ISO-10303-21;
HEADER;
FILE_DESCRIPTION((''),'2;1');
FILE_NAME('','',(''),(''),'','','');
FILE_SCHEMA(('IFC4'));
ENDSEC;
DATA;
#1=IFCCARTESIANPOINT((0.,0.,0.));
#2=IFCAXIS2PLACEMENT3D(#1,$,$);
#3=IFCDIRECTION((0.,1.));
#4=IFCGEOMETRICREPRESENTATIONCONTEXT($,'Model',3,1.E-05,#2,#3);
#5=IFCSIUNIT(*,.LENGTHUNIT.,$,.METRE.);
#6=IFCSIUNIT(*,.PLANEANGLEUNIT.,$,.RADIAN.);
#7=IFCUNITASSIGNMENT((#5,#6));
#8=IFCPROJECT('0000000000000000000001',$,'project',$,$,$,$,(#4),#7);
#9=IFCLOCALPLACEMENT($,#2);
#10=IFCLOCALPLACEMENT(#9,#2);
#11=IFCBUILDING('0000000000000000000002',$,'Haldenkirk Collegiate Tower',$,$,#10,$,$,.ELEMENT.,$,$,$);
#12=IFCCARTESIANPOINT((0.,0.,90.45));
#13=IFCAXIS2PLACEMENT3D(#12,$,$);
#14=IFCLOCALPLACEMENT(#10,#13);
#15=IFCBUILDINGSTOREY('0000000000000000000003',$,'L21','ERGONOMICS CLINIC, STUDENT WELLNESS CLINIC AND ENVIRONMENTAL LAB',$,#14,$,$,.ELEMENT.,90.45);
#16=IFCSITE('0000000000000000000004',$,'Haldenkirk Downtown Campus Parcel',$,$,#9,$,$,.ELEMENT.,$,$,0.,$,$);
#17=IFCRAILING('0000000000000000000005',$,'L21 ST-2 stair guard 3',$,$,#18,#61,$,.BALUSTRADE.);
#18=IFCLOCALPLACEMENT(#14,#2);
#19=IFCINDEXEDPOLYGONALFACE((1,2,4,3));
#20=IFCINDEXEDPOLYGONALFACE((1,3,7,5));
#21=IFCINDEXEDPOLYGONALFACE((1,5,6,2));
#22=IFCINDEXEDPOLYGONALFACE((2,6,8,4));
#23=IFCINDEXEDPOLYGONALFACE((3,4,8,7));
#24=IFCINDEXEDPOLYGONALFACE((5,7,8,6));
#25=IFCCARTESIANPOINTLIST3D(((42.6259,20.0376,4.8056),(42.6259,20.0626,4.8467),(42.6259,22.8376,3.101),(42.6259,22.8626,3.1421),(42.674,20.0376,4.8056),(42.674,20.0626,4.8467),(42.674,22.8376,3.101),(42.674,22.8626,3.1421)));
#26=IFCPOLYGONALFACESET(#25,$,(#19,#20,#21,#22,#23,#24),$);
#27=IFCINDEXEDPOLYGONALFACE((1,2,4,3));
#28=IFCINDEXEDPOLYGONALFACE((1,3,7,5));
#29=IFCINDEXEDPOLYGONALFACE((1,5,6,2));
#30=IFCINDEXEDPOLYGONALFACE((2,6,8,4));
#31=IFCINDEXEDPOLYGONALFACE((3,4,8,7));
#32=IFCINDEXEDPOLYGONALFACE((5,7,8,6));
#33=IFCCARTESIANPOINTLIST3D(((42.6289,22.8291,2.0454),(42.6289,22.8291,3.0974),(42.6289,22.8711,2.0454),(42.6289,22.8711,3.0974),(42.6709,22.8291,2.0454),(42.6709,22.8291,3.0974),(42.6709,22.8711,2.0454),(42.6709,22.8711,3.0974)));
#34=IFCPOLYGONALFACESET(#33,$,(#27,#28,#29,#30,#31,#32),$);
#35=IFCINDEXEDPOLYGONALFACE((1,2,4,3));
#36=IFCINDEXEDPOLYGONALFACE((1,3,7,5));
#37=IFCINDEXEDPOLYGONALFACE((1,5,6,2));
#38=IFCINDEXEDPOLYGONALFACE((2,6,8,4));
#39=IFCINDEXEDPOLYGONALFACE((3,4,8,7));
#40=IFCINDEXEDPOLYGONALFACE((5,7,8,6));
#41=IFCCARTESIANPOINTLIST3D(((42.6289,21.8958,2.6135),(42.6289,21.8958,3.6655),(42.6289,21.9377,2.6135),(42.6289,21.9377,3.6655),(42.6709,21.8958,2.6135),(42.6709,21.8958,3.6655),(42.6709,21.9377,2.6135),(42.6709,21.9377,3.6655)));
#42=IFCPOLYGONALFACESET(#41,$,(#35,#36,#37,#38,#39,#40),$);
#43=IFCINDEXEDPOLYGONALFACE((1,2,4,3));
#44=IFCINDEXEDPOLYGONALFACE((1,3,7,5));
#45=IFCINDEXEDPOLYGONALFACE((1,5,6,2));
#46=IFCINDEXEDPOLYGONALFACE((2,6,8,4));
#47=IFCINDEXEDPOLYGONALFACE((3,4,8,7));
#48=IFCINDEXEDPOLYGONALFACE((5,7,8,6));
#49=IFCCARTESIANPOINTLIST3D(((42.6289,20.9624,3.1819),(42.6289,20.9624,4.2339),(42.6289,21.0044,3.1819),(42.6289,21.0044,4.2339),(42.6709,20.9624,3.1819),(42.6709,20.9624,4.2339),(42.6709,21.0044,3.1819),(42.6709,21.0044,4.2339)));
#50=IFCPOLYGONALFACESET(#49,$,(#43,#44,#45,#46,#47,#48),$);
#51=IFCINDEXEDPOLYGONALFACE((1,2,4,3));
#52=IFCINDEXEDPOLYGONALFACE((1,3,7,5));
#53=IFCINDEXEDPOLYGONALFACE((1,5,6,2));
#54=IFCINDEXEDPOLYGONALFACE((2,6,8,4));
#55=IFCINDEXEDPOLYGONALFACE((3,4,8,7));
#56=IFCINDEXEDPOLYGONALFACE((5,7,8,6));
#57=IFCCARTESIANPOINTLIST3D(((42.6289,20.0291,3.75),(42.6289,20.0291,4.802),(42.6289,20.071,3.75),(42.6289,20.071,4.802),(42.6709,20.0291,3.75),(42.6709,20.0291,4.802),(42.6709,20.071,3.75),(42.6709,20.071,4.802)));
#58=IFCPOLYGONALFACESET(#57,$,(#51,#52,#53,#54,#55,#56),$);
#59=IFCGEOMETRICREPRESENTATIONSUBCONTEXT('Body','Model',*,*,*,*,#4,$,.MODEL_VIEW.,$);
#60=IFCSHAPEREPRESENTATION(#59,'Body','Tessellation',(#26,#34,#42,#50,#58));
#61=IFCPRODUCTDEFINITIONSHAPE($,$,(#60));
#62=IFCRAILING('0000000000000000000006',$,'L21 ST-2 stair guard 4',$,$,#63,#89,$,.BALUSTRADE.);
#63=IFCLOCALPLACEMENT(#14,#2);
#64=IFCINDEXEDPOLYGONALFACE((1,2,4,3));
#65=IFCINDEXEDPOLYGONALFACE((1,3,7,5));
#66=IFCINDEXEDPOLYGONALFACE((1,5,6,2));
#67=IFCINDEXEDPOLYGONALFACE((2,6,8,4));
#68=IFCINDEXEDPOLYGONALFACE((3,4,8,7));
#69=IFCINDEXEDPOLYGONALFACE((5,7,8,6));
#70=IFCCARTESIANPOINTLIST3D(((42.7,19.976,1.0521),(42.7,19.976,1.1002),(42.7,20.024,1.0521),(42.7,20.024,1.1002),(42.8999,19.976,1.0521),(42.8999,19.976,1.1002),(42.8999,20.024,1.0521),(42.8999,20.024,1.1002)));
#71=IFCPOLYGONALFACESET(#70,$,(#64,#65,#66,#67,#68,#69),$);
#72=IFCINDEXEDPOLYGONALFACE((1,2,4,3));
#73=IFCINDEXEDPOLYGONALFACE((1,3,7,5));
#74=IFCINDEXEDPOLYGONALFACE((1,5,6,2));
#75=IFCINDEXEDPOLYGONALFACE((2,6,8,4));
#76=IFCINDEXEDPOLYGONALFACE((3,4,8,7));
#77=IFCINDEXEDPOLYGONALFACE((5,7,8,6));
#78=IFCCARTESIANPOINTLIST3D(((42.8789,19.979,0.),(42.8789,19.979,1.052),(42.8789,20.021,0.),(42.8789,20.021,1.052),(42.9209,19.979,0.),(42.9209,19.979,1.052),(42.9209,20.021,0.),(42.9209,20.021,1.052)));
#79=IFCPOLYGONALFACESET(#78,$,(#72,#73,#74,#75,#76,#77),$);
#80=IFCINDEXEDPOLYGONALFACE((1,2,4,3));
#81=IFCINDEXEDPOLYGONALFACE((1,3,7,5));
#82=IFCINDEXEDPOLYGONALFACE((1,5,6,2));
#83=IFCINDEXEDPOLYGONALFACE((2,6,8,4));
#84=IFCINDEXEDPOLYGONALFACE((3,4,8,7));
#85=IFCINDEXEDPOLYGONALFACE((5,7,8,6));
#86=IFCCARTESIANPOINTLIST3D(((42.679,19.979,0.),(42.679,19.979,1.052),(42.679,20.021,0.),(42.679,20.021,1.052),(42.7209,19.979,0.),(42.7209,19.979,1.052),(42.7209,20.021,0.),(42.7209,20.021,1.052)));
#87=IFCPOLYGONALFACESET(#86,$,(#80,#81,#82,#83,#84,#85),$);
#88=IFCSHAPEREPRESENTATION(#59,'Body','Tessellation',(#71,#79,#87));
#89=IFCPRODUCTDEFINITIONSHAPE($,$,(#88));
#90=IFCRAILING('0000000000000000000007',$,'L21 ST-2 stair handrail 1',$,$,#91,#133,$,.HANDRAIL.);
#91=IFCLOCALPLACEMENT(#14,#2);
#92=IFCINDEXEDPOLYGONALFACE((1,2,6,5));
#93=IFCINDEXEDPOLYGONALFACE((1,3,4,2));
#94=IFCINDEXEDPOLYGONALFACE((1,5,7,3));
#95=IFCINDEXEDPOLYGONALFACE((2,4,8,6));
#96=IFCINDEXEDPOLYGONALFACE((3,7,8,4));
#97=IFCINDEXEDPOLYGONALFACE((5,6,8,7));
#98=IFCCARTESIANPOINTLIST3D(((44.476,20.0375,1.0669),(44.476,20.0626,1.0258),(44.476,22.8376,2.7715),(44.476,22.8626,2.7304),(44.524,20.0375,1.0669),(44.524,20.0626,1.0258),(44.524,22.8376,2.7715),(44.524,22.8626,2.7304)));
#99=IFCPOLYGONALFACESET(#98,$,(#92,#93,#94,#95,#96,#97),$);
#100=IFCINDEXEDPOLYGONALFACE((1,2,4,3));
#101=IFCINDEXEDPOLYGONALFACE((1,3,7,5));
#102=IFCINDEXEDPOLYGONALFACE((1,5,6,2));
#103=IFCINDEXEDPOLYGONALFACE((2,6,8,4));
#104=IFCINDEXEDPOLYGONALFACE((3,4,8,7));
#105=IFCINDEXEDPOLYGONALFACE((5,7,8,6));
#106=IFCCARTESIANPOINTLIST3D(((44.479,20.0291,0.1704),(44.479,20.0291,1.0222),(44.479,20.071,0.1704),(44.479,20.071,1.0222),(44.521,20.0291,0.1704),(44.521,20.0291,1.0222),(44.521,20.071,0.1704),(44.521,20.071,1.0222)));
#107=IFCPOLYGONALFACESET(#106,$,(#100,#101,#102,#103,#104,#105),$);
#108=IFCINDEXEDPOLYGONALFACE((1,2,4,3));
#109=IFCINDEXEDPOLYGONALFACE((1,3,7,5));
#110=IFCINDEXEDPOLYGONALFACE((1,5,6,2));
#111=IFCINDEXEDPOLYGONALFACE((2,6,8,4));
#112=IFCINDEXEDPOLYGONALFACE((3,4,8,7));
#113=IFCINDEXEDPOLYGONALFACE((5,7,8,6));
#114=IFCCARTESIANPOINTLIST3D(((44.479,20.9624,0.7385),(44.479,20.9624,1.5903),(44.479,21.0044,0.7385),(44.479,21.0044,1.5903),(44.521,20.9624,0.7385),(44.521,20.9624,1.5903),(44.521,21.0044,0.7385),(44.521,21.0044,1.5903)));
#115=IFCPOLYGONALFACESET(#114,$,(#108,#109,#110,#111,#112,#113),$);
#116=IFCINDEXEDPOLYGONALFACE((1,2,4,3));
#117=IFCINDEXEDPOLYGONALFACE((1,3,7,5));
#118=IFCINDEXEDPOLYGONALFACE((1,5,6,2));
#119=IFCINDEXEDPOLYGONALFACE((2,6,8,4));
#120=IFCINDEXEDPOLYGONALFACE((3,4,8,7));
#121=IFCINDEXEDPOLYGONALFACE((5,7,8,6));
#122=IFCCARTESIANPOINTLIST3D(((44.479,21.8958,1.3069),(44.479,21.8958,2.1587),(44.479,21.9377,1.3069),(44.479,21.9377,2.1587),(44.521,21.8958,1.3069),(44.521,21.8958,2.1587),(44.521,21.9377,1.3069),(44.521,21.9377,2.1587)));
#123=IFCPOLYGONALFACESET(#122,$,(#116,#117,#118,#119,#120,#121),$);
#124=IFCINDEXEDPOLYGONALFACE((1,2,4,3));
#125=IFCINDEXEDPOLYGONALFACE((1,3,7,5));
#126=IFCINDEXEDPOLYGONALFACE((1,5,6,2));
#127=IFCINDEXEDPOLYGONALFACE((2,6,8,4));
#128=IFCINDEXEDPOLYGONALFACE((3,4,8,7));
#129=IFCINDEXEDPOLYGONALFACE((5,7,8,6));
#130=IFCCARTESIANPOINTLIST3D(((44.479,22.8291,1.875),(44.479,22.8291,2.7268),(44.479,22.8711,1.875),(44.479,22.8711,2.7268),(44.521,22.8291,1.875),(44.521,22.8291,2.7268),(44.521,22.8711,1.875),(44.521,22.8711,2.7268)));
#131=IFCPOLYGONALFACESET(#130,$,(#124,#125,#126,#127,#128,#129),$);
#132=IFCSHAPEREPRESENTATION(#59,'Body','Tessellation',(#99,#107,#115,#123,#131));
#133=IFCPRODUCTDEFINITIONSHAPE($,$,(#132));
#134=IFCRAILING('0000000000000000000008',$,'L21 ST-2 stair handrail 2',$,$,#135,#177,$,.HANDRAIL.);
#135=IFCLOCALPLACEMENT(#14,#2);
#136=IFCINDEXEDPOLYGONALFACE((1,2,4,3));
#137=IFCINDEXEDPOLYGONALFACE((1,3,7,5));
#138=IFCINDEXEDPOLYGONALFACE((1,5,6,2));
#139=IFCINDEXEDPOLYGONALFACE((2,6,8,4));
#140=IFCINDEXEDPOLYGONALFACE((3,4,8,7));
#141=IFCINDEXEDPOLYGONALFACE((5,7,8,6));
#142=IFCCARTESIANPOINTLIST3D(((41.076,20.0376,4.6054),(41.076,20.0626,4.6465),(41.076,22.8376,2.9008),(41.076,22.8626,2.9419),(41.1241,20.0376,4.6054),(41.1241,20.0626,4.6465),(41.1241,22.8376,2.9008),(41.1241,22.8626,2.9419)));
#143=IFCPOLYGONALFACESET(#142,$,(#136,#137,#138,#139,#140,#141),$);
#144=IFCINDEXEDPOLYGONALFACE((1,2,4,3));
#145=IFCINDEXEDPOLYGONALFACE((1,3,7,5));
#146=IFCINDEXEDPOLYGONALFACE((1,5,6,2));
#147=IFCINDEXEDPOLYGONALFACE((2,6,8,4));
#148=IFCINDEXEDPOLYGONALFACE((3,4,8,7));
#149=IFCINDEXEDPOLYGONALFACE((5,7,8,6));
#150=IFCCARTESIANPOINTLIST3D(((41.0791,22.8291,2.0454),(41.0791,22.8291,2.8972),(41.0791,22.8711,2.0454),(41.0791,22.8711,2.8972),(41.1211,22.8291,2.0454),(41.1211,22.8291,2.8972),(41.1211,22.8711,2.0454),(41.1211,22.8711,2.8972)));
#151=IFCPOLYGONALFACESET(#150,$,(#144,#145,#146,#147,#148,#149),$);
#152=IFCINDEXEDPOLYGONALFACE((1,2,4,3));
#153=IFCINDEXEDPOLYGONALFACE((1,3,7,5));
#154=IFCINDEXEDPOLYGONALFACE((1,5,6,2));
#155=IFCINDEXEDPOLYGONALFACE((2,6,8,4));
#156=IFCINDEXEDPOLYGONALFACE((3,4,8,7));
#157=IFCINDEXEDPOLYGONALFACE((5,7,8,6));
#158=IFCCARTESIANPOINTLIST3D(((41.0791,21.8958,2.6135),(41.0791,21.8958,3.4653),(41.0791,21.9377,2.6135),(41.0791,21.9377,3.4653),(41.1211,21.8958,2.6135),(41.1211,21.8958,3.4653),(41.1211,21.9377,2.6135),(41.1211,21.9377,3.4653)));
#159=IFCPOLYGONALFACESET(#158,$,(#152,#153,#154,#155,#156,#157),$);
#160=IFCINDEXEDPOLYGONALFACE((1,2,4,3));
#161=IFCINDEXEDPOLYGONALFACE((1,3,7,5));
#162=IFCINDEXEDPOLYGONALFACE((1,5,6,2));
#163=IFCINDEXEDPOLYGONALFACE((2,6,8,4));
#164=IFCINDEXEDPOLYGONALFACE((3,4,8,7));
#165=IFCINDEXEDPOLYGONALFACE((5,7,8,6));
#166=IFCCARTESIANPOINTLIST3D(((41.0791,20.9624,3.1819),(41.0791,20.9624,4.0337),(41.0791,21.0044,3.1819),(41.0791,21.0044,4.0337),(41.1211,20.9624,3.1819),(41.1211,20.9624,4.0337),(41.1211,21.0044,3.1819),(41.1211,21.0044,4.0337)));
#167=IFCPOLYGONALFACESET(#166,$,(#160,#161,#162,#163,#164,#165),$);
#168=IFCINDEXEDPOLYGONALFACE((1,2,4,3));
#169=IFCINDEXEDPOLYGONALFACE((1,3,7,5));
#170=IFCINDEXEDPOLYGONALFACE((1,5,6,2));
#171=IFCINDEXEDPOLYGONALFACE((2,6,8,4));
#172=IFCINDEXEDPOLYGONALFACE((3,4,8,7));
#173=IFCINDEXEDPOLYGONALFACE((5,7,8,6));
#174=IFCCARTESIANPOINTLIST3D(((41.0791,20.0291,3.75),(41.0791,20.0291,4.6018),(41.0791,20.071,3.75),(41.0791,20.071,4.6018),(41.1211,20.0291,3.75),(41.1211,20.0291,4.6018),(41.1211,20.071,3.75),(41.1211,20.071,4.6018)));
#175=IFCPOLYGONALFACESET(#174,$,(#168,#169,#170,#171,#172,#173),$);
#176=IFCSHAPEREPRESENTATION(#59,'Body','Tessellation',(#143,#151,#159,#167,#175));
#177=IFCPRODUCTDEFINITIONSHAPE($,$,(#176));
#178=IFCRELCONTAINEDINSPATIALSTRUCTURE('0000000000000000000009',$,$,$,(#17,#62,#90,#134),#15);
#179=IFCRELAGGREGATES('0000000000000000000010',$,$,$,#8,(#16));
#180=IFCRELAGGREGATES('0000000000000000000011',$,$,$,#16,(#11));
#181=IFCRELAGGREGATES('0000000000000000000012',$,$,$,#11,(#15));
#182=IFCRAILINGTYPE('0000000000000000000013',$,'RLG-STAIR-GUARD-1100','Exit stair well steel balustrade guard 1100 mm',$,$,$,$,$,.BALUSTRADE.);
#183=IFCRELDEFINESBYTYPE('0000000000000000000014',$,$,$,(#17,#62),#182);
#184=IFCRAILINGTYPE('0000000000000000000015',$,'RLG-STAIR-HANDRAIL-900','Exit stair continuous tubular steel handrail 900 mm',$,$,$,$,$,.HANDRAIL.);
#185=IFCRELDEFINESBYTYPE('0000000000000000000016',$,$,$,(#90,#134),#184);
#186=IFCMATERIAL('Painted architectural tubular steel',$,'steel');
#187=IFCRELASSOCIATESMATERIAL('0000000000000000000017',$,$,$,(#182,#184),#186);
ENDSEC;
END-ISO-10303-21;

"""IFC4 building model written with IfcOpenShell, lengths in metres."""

from ifc_helpers import new_model, si_unit, direction, frame, origin, origin_2d, place, context, subcontext, project, spatial, rectangle, extrude, material, type_object, element, save


model = new_model("IFC4")

# Units and contexts
model_context = context("Model", 3, precision=1e-05, world=origin(), true_north=direction((0.0, 1.0)))
body_context = subcontext(model_context, "Body", "Model", "MODEL_VIEW")
ifc_project = project(units=[si_unit("LENGTHUNIT", "METRE"), si_unit("PLANEANGLEUNIT", "RADIAN")], contexts=[model_context])

# Site, building, storey
site_placement = place(None, origin())
site = spatial("IfcSite", under=ifc_project, at=site_placement, Name="Haldenkirk Downtown Campus Parcel", CompositionType="ELEMENT", RefElevation=0.0)
building_placement = place(site_placement, origin())
building = spatial("IfcBuilding", under=site, at=building_placement, Name="Haldenkirk Collegiate Tower", CompositionType="ELEMENT")
storey_placement = place(building_placement, frame((0.0, 0.0, 90.45)))
storey = spatial("IfcBuildingStorey", under=building, at=storey_placement, Name="L21", Description="ERGONOMICS CLINIC, STUDENT WELLNESS CLINIC AND ENVIRONMENTAL LAB", CompositionType="ELEMENT", Elevation=90.45)

# Railings
ifc_material_1 = material(Name="Painted architectural tubular steel", Category="steel")
railing_type_1 = type_object("IfcRailingType", Name="RLG-STAIR-GUARD-1100", Description="Exit stair well steel balustrade guard 1100 mm", PredefinedType="BALUSTRADE", material=ifc_material_1)
railing_1_placement = place(storey_placement, frame((42.6499, 22.8501, 2.0454)))
element("IfcRailing", 1, at=railing_1_placement, inside=storey, type_object=railing_type_1, Name="L21 ST-2 stair guard 3", PredefinedType="BALUSTRADE", context=body_context, shape_type="SweptSolid", body=[
    extrude(rectangle(XDim=0.0481, YDim=0.0481, at=origin_2d()), frame((0.0, 0.0, 1.0762), z_axis=(0.0, -0.85417, 0.519994), x_axis=(1.0, 0.0, 0.0)), (0.0, 0.0, 1.0), 3.2781),
    extrude(rectangle(XDim=0.042, YDim=0.042, at=origin_2d()), origin(), (0.0, 0.0, 1.0), 1.052),
    extrude(rectangle(XDim=0.042, YDim=0.042, at=origin_2d()), frame((0.0, -0.9333, 0.5681)), (0.0, 0.0, 1.0), 1.052),
    extrude(rectangle(XDim=0.042, YDim=0.042, at=origin_2d()), frame((0.0, -1.8667, 1.1365)), (0.0, 0.0, 1.0), 1.052),
    extrude(rectangle(XDim=0.042, YDim=0.042, at=origin_2d()), frame((0.0, -2.8, 1.7046)), (0.0, 0.0, 1.0), 1.052),
])
railing_2_placement = place(storey_placement, frame((42.8999, 20.0, 0.0)))
element("IfcRailing", 2, at=railing_2_placement, inside=storey, type_object=railing_type_1, Name="L21 ST-2 stair guard 4", PredefinedType="BALUSTRADE", context=body_context, shape_type="SweptSolid", body=[
    extrude(rectangle(XDim=0.0481, YDim=0.0481, at=origin_2d()), frame((0.0, 0.0, 1.0762), z_axis=(-1.0, 0.0, 0.0), x_axis=(0.0, -1.0, 0.0)), (0.0, 0.0, 1.0), 0.2),
    extrude(rectangle(XDim=0.042, YDim=0.042, at=origin_2d()), origin(), (0.0, 0.0, 1.0), 1.052),
    extrude(rectangle(XDim=0.042, YDim=0.042, at=origin_2d()), frame((-0.2, 0.0, 0.0)), (0.0, 0.0, 1.0), 1.052),
])
railing_type_2 = type_object("IfcRailingType", Name="RLG-STAIR-HANDRAIL-900", Description="Exit stair continuous tubular steel handrail 900 mm", PredefinedType="HANDRAIL", material=ifc_material_1)
railing_3_placement = place(storey_placement, frame((44.5, 20.05, 0.1704)))
element("IfcRailing", 3, at=railing_3_placement, inside=storey, type_object=railing_type_2, Name="L21 ST-2 stair handrail 1", PredefinedType="HANDRAIL", context=body_context, shape_type="SweptSolid", body=[
    extrude(rectangle(XDim=0.0481, YDim=0.0481, at=origin_2d()), frame((0.0, 0.0, 0.876), z_axis=(0.0, 0.85417, 0.519994), x_axis=(-1.0, 0.0, 0.0)), (0.0, 0.0, 1.0), 3.2781),
    extrude(rectangle(XDim=0.042, YDim=0.042, at=origin_2d()), origin(), (0.0, 0.0, 1.0), 0.8518),
    extrude(rectangle(XDim=0.042, YDim=0.042, at=origin_2d()), frame((0.0, 0.9333, 0.5681)), (0.0, 0.0, 1.0), 0.8518),
    extrude(rectangle(XDim=0.042, YDim=0.042, at=origin_2d()), frame((0.0, 1.8667, 1.1365)), (0.0, 0.0, 1.0), 0.8518),
    extrude(rectangle(XDim=0.042, YDim=0.042, at=origin_2d()), frame((0.0, 2.8, 1.7046)), (0.0, 0.0, 1.0), 0.8518),
])
railing_4_placement = place(storey_placement, frame((41.1001, 22.8501, 2.0454)))
element("IfcRailing", 4, at=railing_4_placement, inside=storey, type_object=railing_type_2, Name="L21 ST-2 stair handrail 2", PredefinedType="HANDRAIL", context=body_context, shape_type="SweptSolid", body=[
    extrude(rectangle(XDim=0.0481, YDim=0.0481, at=origin_2d()), frame((0.0, 0.0, 0.876), z_axis=(0.0, -0.85417, 0.519994), x_axis=(1.0, 0.0, 0.0)), (0.0, 0.0, 1.0), 3.2781),
    extrude(rectangle(XDim=0.042, YDim=0.042, at=origin_2d()), origin(), (0.0, 0.0, 1.0), 0.8518),
    extrude(rectangle(XDim=0.042, YDim=0.042, at=origin_2d()), frame((0.0, -0.9333, 0.5681)), (0.0, 0.0, 1.0), 0.8518),
    extrude(rectangle(XDim=0.042, YDim=0.042, at=origin_2d()), frame((0.0, -1.8667, 1.1365)), (0.0, 0.0, 1.0), 0.8518),
    extrude(rectangle(XDim=0.042, YDim=0.042, at=origin_2d()), frame((0.0, -2.8, 1.7046)), (0.0, 0.0, 1.0), 0.8518),
])

save(model, "model.ifc")
